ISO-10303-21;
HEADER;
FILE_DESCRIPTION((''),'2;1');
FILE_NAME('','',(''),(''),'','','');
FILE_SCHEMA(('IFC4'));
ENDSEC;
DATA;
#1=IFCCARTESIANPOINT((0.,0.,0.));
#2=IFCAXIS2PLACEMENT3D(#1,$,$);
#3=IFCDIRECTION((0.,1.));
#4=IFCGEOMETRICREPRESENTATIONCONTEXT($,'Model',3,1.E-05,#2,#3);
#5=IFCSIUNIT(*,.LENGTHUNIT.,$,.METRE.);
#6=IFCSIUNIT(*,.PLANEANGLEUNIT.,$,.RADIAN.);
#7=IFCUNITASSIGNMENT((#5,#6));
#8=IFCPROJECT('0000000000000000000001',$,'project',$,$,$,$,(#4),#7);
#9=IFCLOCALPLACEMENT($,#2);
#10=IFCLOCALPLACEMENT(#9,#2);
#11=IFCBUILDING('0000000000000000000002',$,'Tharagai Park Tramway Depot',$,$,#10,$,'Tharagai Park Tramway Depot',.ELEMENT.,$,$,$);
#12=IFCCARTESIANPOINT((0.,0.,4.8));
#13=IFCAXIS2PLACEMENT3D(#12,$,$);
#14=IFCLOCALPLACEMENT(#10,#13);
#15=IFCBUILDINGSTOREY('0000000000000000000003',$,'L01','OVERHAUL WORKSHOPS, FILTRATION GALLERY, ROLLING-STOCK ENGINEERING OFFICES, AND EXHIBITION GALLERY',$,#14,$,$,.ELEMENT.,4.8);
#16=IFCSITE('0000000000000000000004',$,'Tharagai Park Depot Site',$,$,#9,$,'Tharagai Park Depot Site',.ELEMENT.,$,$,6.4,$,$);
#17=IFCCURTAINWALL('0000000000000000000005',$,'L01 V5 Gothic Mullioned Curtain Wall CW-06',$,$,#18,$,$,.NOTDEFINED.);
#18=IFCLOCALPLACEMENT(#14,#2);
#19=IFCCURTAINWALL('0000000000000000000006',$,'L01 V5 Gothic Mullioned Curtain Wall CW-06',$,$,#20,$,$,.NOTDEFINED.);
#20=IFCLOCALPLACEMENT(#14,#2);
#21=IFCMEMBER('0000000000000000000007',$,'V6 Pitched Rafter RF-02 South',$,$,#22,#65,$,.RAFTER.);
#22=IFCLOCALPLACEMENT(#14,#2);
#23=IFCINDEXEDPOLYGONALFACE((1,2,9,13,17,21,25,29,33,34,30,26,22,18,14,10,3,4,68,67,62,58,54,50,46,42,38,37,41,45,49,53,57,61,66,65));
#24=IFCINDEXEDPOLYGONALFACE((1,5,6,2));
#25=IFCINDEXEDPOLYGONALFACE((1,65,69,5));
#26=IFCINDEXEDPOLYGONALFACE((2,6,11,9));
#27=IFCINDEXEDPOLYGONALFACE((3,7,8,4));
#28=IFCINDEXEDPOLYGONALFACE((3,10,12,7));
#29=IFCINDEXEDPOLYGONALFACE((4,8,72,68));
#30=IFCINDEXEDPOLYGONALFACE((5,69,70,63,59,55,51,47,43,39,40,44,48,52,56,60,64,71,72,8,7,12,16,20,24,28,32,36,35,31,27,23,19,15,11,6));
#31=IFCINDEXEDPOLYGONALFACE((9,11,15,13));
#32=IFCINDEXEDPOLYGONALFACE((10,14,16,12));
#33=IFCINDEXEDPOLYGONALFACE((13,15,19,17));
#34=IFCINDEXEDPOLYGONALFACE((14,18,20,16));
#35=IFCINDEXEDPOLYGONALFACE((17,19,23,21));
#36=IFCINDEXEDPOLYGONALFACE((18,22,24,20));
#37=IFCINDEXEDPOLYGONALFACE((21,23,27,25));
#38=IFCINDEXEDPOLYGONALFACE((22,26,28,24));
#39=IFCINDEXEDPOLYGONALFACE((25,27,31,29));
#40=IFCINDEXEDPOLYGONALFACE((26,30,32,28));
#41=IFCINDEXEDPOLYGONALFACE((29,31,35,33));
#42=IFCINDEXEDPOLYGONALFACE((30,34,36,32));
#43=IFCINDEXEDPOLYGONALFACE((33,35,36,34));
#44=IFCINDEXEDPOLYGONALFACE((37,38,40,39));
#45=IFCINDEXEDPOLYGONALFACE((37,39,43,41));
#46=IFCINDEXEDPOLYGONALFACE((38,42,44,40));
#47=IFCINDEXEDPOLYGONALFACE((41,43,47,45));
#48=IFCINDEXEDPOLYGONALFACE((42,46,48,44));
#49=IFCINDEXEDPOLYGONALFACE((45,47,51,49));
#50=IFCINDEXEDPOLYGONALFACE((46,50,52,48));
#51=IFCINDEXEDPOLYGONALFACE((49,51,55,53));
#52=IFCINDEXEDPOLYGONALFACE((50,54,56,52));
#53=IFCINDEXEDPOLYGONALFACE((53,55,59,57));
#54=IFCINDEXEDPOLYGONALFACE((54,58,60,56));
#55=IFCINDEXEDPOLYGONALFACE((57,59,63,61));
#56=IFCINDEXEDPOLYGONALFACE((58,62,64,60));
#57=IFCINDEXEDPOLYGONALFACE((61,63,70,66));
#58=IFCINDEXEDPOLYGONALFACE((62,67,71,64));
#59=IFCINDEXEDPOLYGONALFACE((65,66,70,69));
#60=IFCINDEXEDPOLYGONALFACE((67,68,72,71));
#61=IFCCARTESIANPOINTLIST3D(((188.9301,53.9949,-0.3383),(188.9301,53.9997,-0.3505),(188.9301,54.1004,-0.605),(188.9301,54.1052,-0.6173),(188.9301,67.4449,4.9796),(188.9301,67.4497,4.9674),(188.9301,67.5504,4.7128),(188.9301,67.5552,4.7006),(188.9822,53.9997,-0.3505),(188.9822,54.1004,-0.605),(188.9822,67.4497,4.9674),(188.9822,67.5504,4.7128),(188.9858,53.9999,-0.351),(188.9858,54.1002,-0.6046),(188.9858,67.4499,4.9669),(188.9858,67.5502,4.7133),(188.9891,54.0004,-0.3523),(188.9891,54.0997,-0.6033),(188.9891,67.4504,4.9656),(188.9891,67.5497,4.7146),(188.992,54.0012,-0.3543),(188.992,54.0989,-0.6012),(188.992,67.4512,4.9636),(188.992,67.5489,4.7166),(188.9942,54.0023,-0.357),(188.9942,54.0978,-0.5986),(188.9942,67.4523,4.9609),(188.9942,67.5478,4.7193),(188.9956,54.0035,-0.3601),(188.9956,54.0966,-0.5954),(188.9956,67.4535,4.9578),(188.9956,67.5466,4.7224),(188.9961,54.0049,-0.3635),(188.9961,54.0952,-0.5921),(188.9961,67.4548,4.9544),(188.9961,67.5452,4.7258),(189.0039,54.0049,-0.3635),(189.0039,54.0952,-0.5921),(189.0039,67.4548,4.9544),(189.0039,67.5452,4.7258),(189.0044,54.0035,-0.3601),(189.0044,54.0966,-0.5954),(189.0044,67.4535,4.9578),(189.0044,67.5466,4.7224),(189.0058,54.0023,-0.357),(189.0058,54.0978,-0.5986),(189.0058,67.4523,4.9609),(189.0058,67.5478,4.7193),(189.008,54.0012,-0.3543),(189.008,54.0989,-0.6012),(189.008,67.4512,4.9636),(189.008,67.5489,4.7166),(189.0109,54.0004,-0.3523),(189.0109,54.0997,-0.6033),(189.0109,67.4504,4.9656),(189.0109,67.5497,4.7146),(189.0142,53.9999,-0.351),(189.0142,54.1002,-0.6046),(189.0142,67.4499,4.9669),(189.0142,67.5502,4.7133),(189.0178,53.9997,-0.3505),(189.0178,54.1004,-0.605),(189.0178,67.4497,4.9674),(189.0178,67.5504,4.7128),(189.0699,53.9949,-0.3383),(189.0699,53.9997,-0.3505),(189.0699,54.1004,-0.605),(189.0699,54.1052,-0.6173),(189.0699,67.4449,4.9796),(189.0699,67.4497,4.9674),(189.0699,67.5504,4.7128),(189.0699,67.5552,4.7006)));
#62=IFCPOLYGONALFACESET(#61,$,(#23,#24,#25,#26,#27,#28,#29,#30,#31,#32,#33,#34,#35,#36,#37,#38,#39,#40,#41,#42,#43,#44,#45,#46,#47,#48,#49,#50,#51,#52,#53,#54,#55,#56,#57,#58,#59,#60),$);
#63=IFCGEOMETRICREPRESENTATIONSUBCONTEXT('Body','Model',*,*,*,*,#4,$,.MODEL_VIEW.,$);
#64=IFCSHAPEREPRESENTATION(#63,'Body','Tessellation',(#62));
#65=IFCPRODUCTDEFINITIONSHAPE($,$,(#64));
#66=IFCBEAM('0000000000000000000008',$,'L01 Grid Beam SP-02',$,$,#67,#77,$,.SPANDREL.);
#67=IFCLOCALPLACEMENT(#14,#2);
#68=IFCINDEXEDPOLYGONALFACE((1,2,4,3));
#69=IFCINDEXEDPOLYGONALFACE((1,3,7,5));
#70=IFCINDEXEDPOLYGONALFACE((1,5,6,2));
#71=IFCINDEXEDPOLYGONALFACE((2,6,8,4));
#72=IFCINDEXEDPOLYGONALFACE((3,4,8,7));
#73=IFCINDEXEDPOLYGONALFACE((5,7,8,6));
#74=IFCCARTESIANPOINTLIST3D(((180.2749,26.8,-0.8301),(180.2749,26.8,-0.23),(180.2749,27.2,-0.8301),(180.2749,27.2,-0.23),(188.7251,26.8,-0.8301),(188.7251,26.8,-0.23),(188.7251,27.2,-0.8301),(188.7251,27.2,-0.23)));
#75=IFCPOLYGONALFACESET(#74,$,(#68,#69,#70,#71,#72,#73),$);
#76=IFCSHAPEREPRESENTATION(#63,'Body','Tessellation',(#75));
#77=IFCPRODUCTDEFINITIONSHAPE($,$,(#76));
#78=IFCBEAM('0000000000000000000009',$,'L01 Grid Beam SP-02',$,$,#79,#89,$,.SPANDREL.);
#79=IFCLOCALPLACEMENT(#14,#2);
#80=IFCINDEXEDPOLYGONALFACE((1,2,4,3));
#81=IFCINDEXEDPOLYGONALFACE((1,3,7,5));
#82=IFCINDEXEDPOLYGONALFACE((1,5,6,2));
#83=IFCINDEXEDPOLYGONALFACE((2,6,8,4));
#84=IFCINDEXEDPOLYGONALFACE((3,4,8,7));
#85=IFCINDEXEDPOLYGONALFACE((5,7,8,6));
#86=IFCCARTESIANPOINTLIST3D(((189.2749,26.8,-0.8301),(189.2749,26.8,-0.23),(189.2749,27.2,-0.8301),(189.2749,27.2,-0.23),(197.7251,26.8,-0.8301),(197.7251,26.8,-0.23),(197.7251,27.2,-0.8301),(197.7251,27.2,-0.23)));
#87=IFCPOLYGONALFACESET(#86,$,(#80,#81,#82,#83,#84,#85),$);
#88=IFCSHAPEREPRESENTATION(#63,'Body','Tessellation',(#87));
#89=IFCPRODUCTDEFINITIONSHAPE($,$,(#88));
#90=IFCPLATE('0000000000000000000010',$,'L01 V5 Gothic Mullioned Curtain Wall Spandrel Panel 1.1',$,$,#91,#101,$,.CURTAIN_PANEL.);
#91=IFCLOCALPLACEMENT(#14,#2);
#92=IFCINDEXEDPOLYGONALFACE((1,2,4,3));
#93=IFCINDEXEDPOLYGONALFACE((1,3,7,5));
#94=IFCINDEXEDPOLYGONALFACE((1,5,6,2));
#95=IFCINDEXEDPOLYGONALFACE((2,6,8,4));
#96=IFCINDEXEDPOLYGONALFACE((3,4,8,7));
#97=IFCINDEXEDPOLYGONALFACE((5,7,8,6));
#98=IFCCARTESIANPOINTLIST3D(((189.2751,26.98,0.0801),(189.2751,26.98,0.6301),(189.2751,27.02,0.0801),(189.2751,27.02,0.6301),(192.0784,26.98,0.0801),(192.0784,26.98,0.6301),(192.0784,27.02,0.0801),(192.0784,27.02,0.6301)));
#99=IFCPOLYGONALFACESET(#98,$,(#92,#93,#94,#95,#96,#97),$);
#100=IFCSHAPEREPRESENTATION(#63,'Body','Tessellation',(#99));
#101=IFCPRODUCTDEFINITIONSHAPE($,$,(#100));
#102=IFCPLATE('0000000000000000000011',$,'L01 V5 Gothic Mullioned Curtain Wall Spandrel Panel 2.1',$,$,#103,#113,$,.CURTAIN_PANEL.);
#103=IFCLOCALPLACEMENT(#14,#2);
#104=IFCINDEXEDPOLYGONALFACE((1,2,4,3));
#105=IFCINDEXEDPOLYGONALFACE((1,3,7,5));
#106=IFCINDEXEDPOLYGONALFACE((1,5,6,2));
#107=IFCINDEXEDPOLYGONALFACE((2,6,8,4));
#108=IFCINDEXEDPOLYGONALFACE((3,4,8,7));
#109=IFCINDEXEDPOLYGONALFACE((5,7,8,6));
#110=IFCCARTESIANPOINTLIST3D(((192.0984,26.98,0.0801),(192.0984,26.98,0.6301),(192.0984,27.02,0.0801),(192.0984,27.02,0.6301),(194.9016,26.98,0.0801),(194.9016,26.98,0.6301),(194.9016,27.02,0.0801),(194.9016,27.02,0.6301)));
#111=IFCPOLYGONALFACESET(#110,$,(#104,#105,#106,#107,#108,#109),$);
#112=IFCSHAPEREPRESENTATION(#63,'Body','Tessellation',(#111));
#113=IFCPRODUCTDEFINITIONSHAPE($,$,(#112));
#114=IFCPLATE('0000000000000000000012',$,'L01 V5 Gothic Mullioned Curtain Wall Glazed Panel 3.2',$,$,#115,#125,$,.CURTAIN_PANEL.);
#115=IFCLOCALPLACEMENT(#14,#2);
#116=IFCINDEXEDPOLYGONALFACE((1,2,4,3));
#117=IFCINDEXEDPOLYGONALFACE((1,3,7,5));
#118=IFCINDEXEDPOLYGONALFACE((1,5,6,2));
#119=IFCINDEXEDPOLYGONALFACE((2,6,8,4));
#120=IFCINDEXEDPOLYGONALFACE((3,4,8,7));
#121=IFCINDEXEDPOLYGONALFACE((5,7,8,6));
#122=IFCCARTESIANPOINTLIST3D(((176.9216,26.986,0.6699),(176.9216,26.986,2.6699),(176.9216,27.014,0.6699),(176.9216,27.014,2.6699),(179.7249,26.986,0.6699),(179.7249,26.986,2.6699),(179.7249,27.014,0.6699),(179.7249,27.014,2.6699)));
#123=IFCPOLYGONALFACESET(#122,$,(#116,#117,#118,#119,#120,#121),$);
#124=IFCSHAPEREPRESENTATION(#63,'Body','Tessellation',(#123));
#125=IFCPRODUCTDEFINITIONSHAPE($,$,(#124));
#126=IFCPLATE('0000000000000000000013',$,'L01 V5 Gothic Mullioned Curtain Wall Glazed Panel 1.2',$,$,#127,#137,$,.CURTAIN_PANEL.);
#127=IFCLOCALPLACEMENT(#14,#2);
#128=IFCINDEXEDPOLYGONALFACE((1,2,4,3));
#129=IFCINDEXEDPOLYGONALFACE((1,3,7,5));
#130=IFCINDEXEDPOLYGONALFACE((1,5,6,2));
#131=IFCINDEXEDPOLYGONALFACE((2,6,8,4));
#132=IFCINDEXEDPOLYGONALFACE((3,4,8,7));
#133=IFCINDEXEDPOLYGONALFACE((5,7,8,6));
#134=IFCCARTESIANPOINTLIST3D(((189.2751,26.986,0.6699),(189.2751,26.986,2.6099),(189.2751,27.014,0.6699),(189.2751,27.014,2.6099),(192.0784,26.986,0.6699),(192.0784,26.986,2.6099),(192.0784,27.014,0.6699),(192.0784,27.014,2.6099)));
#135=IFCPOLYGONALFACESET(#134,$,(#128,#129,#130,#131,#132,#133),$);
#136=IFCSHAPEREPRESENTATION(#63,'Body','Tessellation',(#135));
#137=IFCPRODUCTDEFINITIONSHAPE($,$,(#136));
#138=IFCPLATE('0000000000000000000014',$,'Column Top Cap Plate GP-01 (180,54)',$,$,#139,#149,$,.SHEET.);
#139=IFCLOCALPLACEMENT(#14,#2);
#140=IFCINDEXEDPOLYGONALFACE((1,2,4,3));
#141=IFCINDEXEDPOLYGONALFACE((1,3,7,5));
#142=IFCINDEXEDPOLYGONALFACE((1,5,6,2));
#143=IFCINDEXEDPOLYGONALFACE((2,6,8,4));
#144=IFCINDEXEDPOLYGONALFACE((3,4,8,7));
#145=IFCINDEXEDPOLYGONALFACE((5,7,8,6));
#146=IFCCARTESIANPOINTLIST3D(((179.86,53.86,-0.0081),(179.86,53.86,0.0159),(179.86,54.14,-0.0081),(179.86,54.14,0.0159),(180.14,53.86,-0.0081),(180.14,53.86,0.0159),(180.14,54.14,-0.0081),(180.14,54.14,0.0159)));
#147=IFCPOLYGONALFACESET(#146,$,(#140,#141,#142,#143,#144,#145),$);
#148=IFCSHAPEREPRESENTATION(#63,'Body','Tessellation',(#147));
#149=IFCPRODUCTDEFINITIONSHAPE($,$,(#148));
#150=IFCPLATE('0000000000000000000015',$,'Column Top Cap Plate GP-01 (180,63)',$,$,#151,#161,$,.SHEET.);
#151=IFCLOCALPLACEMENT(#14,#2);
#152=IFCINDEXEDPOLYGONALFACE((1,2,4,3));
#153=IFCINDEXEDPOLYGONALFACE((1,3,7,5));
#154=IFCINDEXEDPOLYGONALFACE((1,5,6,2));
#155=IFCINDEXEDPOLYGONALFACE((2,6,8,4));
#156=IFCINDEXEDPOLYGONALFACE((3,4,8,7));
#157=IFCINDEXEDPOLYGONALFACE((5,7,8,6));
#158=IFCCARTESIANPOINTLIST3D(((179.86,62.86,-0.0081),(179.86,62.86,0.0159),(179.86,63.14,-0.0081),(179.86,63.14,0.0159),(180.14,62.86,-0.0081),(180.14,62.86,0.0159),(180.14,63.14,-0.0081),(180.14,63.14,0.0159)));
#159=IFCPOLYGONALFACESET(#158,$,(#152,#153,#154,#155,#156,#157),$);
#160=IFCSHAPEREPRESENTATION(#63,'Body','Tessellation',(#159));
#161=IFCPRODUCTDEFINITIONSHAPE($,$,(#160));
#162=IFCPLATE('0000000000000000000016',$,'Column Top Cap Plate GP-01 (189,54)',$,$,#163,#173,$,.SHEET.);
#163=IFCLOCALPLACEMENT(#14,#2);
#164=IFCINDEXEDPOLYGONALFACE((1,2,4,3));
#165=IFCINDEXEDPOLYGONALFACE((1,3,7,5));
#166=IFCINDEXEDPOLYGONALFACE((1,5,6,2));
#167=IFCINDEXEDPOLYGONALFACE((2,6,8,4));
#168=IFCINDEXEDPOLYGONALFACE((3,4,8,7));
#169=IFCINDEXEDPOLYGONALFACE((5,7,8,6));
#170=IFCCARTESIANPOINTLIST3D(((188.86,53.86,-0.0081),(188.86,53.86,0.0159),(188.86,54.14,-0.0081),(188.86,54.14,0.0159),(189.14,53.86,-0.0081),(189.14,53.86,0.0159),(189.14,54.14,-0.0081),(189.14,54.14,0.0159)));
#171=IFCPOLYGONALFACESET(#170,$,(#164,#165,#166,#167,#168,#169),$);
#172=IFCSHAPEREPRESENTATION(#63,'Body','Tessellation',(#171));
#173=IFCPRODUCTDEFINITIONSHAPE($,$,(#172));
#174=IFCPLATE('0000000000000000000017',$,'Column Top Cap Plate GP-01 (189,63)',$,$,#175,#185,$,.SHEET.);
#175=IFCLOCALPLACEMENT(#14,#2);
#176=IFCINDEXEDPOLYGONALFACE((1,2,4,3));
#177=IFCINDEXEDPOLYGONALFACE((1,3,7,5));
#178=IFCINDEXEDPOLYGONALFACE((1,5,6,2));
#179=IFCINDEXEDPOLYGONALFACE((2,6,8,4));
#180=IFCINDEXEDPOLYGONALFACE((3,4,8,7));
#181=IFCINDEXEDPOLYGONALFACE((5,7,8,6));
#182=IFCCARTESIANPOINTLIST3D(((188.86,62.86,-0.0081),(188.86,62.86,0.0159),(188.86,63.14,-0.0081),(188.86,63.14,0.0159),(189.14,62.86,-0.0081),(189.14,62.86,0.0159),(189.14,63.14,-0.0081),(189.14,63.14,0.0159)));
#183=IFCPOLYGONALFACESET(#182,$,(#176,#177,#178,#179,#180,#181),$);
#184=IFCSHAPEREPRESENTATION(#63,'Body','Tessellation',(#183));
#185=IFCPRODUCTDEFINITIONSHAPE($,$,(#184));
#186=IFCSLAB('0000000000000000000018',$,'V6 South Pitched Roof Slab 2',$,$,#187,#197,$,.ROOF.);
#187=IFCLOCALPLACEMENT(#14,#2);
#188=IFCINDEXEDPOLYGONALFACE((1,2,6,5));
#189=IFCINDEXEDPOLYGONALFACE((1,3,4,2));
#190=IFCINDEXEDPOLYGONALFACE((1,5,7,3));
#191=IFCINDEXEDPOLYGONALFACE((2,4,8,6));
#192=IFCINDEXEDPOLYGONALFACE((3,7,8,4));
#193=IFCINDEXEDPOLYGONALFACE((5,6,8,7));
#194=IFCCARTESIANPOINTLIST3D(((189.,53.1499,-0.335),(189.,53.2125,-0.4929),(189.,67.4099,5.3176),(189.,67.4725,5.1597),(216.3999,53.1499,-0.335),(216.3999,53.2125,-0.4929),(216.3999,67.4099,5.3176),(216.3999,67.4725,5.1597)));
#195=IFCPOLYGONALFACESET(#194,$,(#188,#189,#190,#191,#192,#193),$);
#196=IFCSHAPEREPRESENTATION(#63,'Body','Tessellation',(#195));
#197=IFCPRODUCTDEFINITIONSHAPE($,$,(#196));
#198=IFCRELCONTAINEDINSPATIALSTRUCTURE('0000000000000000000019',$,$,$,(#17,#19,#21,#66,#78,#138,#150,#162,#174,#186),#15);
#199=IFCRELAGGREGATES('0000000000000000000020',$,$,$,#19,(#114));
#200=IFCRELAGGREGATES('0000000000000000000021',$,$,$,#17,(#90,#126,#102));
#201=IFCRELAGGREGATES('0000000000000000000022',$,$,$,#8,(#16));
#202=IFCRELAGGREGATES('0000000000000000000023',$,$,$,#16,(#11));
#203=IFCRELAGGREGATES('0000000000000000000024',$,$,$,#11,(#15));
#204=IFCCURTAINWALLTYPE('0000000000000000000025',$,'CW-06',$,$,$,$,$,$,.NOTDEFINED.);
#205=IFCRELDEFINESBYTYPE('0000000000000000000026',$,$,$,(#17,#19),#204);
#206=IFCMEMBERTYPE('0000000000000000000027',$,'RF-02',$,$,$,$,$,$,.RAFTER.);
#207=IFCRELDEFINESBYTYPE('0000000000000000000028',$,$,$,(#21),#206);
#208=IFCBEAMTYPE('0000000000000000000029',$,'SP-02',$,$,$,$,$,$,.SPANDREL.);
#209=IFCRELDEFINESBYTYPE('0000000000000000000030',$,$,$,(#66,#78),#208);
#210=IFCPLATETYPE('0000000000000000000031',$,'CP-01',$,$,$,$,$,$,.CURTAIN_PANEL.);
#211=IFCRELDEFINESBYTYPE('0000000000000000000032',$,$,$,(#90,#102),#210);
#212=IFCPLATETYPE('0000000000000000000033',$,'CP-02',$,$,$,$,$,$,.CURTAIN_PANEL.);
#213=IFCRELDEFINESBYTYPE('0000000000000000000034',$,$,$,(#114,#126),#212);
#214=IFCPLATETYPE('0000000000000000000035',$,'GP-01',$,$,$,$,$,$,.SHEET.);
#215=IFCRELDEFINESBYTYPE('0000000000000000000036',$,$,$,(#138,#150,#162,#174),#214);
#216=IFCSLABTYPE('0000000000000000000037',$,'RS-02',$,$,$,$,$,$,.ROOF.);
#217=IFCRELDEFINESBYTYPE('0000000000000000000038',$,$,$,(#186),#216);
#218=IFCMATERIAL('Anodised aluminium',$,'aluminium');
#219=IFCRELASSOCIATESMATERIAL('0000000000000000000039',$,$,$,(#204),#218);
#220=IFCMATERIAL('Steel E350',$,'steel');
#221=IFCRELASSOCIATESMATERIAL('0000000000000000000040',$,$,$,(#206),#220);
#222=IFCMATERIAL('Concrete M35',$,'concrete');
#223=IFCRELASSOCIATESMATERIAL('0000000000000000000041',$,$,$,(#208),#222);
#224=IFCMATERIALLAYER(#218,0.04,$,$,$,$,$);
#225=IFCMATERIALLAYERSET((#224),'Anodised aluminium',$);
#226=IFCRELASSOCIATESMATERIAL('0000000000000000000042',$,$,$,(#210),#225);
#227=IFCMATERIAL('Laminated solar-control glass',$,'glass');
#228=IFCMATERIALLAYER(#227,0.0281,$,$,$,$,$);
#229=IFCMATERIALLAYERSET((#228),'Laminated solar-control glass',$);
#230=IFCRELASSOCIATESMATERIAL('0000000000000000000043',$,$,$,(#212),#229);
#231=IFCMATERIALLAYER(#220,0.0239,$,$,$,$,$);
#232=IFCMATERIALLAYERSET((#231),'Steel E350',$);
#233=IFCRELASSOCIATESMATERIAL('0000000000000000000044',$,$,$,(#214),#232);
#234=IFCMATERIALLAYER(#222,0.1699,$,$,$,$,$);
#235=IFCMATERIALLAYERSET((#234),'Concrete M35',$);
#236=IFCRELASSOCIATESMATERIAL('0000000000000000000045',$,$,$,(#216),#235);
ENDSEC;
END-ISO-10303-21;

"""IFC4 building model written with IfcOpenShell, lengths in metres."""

from ifc_helpers import new_model, si_unit, direction, frame, origin, origin_2d, place, context, subcontext, project, spatial, polyline, rectangle, i_section, outline, extrude, material, layer, layer_set, material_profile, profile_set, type_object, element, aggregate, save


model = new_model("IFC4")

# Units and contexts
model_context = context("Model", 3, precision=1e-05, world=origin(), true_north=direction((0.0, 1.0)))
body_context = subcontext(model_context, "Body", "Model", "MODEL_VIEW")
ifc_project = project(units=[si_unit("LENGTHUNIT", "METRE"), si_unit("PLANEANGLEUNIT", "RADIAN")], contexts=[model_context])

# Site, building, storey
site_placement = place(None, origin())
site = spatial("IfcSite", under=ifc_project, at=site_placement, Name="Tharagai Park Depot Site", LongName="Tharagai Park Depot Site", CompositionType="ELEMENT", RefElevation=6.4)
building_placement = place(site_placement, origin())
building = spatial("IfcBuilding", under=site, at=building_placement, Name="Tharagai Park Tramway Depot", LongName="Tharagai Park Tramway Depot", CompositionType="ELEMENT")
storey_placement = place(building_placement, frame((0.0, 0.0, 4.8)))
storey = spatial("IfcBuildingStorey", under=building, at=storey_placement, Name="L01", Description="OVERHAUL WORKSHOPS, FILTRATION GALLERY, ROLLING-STOCK ENGINEERING OFFICES, AND EXHIBITION GALLERY", CompositionType="ELEMENT", Elevation=4.8)

# Shared definitions
ifc_material_1 = material(Name="Steel E350", Category="steel")
ifc_material_2 = material(Name="Concrete M35", Category="concrete")

# Curtain wall
ifc_material_3 = material(Name="Anodised aluminium", Category="aluminium")
curtain_wall_type = type_object("IfcCurtainWallType", Name="CW-06", PredefinedType="NOTDEFINED", material=ifc_material_3)
curtain_wall_1_placement = place(storey_placement, origin())
curtain_wall_1 = element("IfcCurtainWall", 1, at=curtain_wall_1_placement, inside=storey, type_object=curtain_wall_type, Name="L01 V5 Gothic Mullioned Curtain Wall CW-06", PredefinedType="NOTDEFINED")

# Curtain wall
curtain_wall_2_placement = place(storey_placement, origin())
curtain_wall_2 = element("IfcCurtainWall", 2, at=curtain_wall_2_placement, inside=storey, type_object=curtain_wall_type, Name="L01 V5 Gothic Mullioned Curtain Wall CW-06", PredefinedType="NOTDEFINED")

# Member
ifc_material_profile_1 = material_profile(ifc_material_1, i_section(OverallWidth=0.1399, OverallDepth=0.3, WebThickness=0.0078, FlangeThickness=0.0132, FilletRadius=0.0139, at=origin_2d()), Name="ISMB 300")
ifc_profile_set_1 = profile_set([ifc_material_profile_1], Name="Steel E350")
member_type_1 = type_object("IfcMemberType", Name="RF-02", PredefinedType="RAFTER", material=ifc_profile_set_1)
for number, where, z_axis, x_axis, name in (
    (3, (189.0, 54.05, -0.4778), (0.0, 0.92995, 0.367686), (-1.0, 0.0, 0.0), "V6 Pitched Rafter RF-02 South"),
):
    element("IfcMember", number, at=place(storey_placement, frame(where, z_axis=z_axis, x_axis=x_axis)), inside=storey, type_object=member_type_1, Name=name, PredefinedType="RAFTER", context=body_context, shape_type="SweptSolid", body=[
        extrude(i_section(OverallWidth=0.1399, OverallDepth=0.3, WebThickness=0.0078, FlangeThickness=0.0132, FilletRadius=0.0139, at=origin_2d()), origin(), (0.0, 0.0, 1.0), 14.4631),
    ])

# Beams
ifc_material_profile_2 = material_profile(ifc_material_2, rectangle(XDim=0.3999, YDim=0.6001, at=origin_2d()), Name="RC 400x600")
ifc_profile_set_2 = profile_set([ifc_material_profile_2], Name="Concrete M35")
beam_type_1 = type_object("IfcBeamType", Name="SP-02", PredefinedType="SPANDREL", material=ifc_profile_set_2)
for number, where, z_axis, x_axis, name in (
    (4, (180.2749, 27.0, -0.53), (1.0, 0.0, 0.0), (0.0, 1.0, 0.0), "L01 Grid Beam SP-02"),
    (5, (189.2749, 27.0, -0.53), (1.0, 0.0, 0.0), (0.0, 1.0, 0.0), "L01 Grid Beam SP-02"),
):
    element("IfcBeam", number, at=place(storey_placement, frame(where, z_axis=z_axis, x_axis=x_axis)), inside=storey, type_object=beam_type_1, Name=name, PredefinedType="SPANDREL", context=body_context, shape_type="SweptSolid", body=[
        extrude(rectangle(XDim=0.3999, YDim=0.6001, at=origin_2d()), origin(), (0.0, 0.0, 1.0), 8.4502),
    ])

# Plates
ifc_layer_1 = layer(ifc_material_3, 0.04)
ifc_layer_set_1 = layer_set([ifc_layer_1], Name="Anodised aluminium")
plate_type_1 = type_object("IfcPlateType", Name="CP-01", PredefinedType="CURTAIN_PANEL", material=ifc_layer_set_1)
plate_1_placement = place(storey_placement, frame((190.6768, 27.0, 0.0801), z_axis=(0.0, 0.0, 1.0), x_axis=(1.0, 0.0, 0.0)))
plate_1 = element("IfcPlate", 6, at=plate_1_placement, type_object=plate_type_1, Name="L01 V5 Gothic Mullioned Curtain Wall Spandrel Panel 1.1", PredefinedType="CURTAIN_PANEL", context=body_context, shape_type="SweptSolid", body=[
    extrude(rectangle(XDim=2.8032, YDim=0.04, at=origin_2d()), origin(), (0.0, 0.0, 1.0), 0.55),
])
plate_2_placement = place(storey_placement, frame((193.5, 27.0, 0.0801), z_axis=(0.0, 0.0, 1.0), x_axis=(1.0, 0.0, 0.0)))
plate_2 = element("IfcPlate", 7, at=plate_2_placement, type_object=plate_type_1, Name="L01 V5 Gothic Mullioned Curtain Wall Spandrel Panel 2.1", PredefinedType="CURTAIN_PANEL", context=body_context, shape_type="SweptSolid", body=[
    extrude(rectangle(XDim=2.8032, YDim=0.04, at=origin_2d()), origin(), (0.0, 0.0, 1.0), 0.55),
])
ifc_material_4 = material(Name="Laminated solar-control glass", Category="glass")
ifc_layer_2 = layer(ifc_material_4, 0.0281)
ifc_layer_set_2 = layer_set([ifc_layer_2], Name="Laminated solar-control glass")
plate_type_2 = type_object("IfcPlateType", Name="CP-02", PredefinedType="CURTAIN_PANEL", material=ifc_layer_set_2)
plate_3_placement = place(storey_placement, frame((178.3232, 27.0, 0.6699), z_axis=(0.0, 0.0, 1.0), x_axis=(1.0, 0.0, 0.0)))
plate_3 = element("IfcPlate", 8, at=plate_3_placement, type_object=plate_type_2, Name="L01 V5 Gothic Mullioned Curtain Wall Glazed Panel 3.2", PredefinedType="CURTAIN_PANEL", context=body_context, shape_type="SweptSolid", body=[
    extrude(rectangle(XDim=2.8032, YDim=0.0281, at=origin_2d()), origin(), (0.0, 0.0, 1.0), 2.0),
])
aggregate(curtain_wall_2, [plate_3])
plate_4_placement = place(storey_placement, frame((190.6768, 27.0, 0.6699), z_axis=(0.0, 0.0, 1.0), x_axis=(1.0, 0.0, 0.0)))
plate_4 = element("IfcPlate", 9, at=plate_4_placement, type_object=plate_type_2, Name="L01 V5 Gothic Mullioned Curtain Wall Glazed Panel 1.2", PredefinedType="CURTAIN_PANEL", context=body_context, shape_type="SweptSolid", body=[
    extrude(rectangle(XDim=2.8032, YDim=0.0281, at=origin_2d()), origin(), (0.0, 0.0, 1.0), 1.9399),
])
aggregate(curtain_wall_1, [plate_1, plate_4, plate_2])

# Plates
ifc_layer_3 = layer(ifc_material_1, 0.0239)
ifc_layer_set_3 = layer_set([ifc_layer_3], Name="Steel E350")
plate_type_3 = type_object("IfcPlateType", Name="GP-01", PredefinedType="SHEET", material=ifc_layer_set_3)
for number, where, z_axis, x_axis, name in (
    (10, (180.0, 54.0, -0.0081), (0.0, 0.0, 1.0), (1.0, 0.0, 0.0), "Column Top Cap Plate GP-01 (180,54)"),
    (11, (180.0, 63.0, -0.0081), (0.0, 0.0, 1.0), (1.0, 0.0, 0.0), "Column Top Cap Plate GP-01 (180,63)"),
    (12, (189.0, 54.0, -0.0081), (0.0, 0.0, 1.0), (1.0, 0.0, 0.0), "Column Top Cap Plate GP-01 (189,54)"),
    (13, (189.0, 63.0, -0.0081), (0.0, 0.0, 1.0), (1.0, 0.0, 0.0), "Column Top Cap Plate GP-01 (189,63)"),
):
    element("IfcPlate", number, at=place(storey_placement, frame(where, z_axis=z_axis, x_axis=x_axis)), inside=storey, type_object=plate_type_3, Name=name, PredefinedType="SHEET", context=body_context, shape_type="SweptSolid", body=[
        extrude(rectangle(XDim=0.28, YDim=0.28, at=origin_2d()), origin(), (0.0, 0.0, 1.0), 0.0239),
    ])

# Slab
ifc_layer_4 = layer(ifc_material_2, 0.1699)
ifc_layer_set_4 = layer_set([ifc_layer_4], Name="Concrete M35")
slab_type = type_object("IfcSlabType", Name="RS-02", PredefinedType="ROOF", material=ifc_layer_set_4)
slab_placement = place(storey_placement, frame((189.0, 53.1499, -0.335), z_axis=(0.0, -0.368499, 0.929628), x_axis=(1.0, 0.0, 0.0)))
element("IfcSlab", 14, at=slab_placement, inside=storey, type_object=slab_type, Name="V6 South Pitched Roof Slab 2", PredefinedType="ROOF", context=body_context, shape_type="SweptSolid", body=[
    extrude(outline(polyline([(0.0, 0.0), (27.3999, 0.0), (27.3999, 15.3395), (0.0, 15.3395), (0.0, 0.0)])), origin(), (0.0, 0.0, -1.0), 0.1699),
])

save(model, "model.ifc")
